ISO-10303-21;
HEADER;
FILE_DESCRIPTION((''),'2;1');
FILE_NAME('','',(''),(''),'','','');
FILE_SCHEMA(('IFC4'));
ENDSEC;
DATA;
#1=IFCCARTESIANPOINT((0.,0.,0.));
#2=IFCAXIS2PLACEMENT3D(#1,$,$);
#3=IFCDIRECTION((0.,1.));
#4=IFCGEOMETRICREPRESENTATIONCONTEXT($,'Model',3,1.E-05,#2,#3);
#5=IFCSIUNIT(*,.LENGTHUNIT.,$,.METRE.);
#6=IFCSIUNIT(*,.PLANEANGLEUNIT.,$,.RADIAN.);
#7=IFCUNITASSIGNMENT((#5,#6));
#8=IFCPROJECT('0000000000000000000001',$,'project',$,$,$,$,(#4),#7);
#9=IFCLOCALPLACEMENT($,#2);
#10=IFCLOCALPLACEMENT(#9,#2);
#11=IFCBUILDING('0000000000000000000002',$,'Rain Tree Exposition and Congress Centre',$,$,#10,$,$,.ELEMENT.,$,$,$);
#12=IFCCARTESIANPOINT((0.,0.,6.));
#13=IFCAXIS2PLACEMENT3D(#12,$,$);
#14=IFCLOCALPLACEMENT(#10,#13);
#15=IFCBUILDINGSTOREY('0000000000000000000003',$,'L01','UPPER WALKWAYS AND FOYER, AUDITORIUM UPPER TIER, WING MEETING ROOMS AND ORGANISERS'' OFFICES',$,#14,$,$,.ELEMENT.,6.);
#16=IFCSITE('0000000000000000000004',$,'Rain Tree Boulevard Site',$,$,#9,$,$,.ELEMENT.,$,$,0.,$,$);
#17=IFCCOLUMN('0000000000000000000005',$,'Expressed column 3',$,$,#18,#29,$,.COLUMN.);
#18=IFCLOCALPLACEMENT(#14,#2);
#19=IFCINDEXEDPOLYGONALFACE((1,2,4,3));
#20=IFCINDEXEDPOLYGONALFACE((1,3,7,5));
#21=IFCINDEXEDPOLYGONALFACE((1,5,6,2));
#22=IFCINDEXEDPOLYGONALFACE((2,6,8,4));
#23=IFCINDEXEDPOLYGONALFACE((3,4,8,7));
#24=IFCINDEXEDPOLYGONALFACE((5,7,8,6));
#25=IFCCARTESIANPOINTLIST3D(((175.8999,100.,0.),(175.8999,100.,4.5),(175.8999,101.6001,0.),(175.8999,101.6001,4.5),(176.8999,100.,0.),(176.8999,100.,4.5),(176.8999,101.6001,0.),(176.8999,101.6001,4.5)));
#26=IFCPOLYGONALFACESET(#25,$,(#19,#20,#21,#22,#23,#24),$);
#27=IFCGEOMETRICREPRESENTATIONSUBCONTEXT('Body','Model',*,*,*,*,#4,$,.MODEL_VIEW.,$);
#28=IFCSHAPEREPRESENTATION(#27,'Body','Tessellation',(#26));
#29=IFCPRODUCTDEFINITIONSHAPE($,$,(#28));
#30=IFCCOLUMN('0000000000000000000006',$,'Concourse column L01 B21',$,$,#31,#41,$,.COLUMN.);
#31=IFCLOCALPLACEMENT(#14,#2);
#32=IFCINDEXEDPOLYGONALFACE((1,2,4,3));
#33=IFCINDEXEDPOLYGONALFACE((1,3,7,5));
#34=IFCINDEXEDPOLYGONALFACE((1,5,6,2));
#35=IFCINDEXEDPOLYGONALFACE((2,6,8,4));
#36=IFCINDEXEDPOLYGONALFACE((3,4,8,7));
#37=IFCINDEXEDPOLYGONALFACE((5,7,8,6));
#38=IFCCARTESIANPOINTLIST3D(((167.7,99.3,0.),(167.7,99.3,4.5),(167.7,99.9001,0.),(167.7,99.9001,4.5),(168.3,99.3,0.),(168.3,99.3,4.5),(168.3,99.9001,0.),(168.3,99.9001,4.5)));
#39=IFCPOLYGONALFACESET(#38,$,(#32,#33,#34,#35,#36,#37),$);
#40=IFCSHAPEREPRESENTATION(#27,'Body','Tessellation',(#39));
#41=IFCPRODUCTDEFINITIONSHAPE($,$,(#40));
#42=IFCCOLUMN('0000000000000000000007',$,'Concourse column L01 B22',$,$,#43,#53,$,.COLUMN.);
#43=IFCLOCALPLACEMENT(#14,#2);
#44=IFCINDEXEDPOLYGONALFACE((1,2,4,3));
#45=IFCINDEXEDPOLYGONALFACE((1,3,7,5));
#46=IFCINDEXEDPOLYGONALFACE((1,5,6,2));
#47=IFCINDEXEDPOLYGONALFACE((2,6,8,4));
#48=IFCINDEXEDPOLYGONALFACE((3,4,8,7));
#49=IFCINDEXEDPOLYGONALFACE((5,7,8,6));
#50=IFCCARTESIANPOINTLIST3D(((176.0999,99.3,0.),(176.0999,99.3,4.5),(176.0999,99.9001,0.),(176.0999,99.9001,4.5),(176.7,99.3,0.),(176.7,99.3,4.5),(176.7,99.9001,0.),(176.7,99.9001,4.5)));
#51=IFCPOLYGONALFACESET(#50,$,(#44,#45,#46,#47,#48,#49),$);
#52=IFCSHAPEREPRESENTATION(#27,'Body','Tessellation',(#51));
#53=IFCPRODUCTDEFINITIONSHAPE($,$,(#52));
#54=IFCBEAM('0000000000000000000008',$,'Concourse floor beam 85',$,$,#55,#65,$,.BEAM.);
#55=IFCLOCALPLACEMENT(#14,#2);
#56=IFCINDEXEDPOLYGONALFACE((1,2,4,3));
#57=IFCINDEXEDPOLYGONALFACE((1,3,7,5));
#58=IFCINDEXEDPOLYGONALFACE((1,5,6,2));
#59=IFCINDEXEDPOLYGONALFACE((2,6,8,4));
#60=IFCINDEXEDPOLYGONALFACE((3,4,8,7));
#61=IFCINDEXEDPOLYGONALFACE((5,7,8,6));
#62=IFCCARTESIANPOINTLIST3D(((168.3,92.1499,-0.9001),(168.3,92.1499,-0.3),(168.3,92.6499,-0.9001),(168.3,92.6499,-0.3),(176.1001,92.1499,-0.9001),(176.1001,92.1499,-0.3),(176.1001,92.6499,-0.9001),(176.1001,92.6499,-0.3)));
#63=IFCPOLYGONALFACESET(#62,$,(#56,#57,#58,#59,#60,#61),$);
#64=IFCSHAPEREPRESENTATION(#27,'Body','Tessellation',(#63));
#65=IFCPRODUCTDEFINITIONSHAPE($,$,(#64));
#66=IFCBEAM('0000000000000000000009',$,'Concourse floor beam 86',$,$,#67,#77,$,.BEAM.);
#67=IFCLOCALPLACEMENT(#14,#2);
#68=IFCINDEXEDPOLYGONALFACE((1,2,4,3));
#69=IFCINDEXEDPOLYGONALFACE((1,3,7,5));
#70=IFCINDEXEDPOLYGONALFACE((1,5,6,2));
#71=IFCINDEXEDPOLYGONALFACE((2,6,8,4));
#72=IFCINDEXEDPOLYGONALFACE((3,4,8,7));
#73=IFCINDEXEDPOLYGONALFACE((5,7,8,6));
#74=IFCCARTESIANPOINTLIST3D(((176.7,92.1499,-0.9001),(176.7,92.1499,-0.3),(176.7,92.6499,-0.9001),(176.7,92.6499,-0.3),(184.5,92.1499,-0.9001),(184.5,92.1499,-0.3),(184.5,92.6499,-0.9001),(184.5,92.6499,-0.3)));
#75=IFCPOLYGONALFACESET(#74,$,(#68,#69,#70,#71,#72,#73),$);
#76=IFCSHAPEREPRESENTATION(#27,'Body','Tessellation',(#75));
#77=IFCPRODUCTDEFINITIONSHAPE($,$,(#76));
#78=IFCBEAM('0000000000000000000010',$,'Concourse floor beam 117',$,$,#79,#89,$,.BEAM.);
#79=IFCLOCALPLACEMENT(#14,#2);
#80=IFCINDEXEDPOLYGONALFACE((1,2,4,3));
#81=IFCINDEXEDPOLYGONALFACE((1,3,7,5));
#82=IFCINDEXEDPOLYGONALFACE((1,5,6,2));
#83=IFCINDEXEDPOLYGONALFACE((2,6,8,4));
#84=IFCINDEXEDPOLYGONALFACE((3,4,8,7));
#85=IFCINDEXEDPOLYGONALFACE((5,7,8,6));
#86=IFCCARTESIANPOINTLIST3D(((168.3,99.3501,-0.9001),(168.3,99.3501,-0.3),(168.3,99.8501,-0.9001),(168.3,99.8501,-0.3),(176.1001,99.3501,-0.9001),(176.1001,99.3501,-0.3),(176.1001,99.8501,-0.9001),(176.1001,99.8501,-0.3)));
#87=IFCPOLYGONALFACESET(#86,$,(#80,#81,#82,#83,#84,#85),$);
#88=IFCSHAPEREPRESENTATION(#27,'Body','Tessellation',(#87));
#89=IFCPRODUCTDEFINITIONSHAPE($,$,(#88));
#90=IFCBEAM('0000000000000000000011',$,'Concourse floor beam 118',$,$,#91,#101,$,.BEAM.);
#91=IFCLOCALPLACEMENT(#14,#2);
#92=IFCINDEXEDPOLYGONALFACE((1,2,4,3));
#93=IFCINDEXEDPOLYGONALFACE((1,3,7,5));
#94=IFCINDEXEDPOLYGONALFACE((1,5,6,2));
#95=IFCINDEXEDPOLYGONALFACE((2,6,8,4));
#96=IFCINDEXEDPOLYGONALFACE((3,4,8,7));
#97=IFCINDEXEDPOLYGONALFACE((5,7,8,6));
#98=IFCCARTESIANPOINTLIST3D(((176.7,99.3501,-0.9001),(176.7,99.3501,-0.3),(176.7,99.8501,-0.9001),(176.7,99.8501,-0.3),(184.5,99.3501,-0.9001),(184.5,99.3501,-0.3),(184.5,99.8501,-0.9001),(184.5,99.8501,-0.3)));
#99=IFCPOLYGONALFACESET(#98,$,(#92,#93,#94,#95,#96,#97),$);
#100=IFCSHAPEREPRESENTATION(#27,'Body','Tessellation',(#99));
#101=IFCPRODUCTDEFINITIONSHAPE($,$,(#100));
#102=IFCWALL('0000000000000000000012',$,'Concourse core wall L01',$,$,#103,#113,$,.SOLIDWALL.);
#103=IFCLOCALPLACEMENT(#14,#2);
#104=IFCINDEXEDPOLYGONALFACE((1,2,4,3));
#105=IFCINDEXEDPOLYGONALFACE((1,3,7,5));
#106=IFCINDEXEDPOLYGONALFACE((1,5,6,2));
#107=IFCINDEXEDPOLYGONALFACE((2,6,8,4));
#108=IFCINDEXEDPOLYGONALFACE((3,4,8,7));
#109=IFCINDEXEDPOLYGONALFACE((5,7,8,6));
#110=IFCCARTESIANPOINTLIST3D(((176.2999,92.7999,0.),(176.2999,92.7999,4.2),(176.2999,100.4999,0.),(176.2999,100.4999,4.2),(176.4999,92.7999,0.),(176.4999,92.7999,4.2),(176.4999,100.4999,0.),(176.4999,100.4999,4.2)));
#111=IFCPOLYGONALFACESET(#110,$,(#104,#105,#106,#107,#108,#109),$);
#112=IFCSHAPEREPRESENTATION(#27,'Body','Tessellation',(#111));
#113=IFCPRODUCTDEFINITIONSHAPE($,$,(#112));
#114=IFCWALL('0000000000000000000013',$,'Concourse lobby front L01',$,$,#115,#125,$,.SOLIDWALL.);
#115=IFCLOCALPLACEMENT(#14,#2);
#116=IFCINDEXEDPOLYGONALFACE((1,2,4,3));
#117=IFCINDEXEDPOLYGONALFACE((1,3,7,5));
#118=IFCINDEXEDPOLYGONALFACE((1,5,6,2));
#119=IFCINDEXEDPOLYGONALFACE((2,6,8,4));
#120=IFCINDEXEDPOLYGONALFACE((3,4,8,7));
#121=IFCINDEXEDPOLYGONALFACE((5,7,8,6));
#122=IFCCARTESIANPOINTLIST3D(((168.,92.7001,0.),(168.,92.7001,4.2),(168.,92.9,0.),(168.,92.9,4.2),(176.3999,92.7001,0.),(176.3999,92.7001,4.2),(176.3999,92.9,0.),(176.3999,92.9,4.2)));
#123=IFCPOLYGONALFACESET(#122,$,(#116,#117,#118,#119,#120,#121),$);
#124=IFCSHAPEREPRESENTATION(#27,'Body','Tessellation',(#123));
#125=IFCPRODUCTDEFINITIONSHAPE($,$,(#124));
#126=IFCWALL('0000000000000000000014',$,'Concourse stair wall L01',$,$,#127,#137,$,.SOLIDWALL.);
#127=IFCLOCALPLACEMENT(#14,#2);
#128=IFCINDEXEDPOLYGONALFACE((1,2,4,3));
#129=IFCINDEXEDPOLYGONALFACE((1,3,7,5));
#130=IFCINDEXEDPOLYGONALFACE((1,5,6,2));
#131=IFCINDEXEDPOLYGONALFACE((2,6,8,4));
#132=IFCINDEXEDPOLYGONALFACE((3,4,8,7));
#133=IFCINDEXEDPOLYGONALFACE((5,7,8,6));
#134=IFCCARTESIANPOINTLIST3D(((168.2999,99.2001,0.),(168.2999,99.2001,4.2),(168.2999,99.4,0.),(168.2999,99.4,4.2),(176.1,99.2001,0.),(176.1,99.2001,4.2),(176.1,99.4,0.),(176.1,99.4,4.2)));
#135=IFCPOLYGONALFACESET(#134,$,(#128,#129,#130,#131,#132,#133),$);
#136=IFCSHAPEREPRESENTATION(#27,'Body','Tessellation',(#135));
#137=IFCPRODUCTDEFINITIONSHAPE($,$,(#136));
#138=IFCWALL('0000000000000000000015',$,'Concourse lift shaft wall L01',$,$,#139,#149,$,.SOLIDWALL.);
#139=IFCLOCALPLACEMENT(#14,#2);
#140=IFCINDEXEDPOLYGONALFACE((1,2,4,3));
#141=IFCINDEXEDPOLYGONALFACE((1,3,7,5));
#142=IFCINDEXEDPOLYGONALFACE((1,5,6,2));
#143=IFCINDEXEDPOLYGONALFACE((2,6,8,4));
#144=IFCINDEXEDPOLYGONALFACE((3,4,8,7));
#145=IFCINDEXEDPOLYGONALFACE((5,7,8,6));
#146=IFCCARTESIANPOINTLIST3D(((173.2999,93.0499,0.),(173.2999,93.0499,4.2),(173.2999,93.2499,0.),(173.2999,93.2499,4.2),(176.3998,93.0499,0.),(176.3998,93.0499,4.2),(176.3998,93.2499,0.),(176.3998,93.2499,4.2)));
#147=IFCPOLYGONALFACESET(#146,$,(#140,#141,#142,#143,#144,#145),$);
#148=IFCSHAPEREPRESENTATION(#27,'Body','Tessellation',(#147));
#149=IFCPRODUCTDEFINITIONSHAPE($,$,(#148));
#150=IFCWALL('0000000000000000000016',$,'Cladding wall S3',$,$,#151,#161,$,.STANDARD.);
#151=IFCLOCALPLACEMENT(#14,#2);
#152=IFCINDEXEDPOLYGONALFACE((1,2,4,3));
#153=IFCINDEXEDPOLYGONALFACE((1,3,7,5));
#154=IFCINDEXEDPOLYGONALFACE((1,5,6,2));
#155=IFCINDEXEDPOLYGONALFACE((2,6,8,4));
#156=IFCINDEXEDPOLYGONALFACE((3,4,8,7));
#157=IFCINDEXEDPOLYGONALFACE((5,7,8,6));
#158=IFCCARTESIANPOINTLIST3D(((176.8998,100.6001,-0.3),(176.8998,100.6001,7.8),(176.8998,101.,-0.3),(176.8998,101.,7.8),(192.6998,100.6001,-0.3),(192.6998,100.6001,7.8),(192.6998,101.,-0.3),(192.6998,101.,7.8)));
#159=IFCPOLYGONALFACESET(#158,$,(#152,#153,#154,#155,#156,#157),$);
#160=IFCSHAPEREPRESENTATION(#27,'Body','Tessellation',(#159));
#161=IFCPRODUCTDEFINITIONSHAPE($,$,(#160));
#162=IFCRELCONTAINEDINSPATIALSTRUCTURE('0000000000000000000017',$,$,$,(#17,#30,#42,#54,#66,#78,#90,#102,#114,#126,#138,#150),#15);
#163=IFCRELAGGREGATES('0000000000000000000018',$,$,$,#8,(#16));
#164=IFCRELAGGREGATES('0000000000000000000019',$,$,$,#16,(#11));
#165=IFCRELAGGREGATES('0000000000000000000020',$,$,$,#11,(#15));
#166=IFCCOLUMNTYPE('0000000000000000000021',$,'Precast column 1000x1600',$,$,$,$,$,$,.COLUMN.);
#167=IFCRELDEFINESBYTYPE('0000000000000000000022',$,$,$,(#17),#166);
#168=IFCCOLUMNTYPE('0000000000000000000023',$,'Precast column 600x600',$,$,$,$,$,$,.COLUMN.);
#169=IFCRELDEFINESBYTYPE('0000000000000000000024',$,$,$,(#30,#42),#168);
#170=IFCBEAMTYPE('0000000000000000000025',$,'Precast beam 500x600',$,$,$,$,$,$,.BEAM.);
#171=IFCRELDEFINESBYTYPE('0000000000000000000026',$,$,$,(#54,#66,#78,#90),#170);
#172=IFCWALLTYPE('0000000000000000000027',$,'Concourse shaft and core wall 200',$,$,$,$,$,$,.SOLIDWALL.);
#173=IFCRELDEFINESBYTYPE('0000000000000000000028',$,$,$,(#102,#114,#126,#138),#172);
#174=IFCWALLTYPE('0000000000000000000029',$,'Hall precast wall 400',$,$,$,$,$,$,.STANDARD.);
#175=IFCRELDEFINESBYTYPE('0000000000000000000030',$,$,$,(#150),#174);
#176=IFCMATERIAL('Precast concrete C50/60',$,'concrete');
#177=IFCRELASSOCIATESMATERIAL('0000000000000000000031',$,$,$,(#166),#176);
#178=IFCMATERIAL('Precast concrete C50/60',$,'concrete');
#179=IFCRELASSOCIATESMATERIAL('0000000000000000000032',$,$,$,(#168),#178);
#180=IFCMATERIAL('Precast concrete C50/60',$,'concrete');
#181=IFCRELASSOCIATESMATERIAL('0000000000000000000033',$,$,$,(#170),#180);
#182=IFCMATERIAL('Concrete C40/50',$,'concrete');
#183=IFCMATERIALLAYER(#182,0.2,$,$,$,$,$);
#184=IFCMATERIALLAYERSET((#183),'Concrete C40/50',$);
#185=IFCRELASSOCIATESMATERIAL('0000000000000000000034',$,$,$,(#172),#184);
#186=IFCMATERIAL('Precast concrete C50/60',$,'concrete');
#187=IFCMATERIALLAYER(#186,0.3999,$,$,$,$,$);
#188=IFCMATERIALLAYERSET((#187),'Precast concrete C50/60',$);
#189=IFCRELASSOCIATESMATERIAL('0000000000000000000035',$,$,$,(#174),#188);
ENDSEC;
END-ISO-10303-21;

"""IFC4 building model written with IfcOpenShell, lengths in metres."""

from ifc_helpers import new_model, si_unit, direction, frame, frame_2d, origin, origin_2d, place, context, subcontext, project, spatial, rectangle, extrude, material, layer, layer_set, material_profile, profile_set, type_object, element, save


model = new_model("IFC4")

# Units and contexts
model_context = context("Model", 3, precision=1e-05, world=origin(), true_north=direction((0.0, 1.0)))
body_context = subcontext(model_context, "Body", "Model", "MODEL_VIEW")
ifc_project = project(units=[si_unit("LENGTHUNIT", "METRE"), si_unit("PLANEANGLEUNIT", "RADIAN")], contexts=[model_context])

# Site, building, storey
site_placement = place(None, origin())
site = spatial("IfcSite", under=ifc_project, at=site_placement, Name="Rain Tree Boulevard Site", CompositionType="ELEMENT", RefElevation=0.0)
building_placement = place(site_placement, origin())
building = spatial("IfcBuilding", under=site, at=building_placement, Name="Rain Tree Exposition and Congress Centre", CompositionType="ELEMENT")
storey_placement = place(building_placement, frame((0.0, 0.0, 6.0)))
storey = spatial("IfcBuildingStorey", under=building, at=storey_placement, Name="L01", Description="UPPER WALKWAYS AND FOYER, AUDITORIUM UPPER TIER, WING MEETING ROOMS AND ORGANISERS' OFFICES", CompositionType="ELEMENT", Elevation=6.0)

# Columns
ifc_material_1 = material(Name="Precast concrete C50/60", Category="concrete")
ifc_material_profile_1 = material_profile(ifc_material_1, rectangle(XDim=1.0, YDim=1.6001, at=origin_2d()), Name="RC 1000x1600")
ifc_profile_set_1 = profile_set([ifc_material_profile_1], Name="Precast concrete C50/60")
column_type_1 = type_object("IfcColumnType", Name="Precast column 1000x1600", PredefinedType="COLUMN", material=ifc_profile_set_1)
column_placement = place(storey_placement, frame((176.3999, 100.8, 0.0), z_axis=(0.0, 0.0, 1.0), x_axis=(1.0, 0.0, 0.0)))
element("IfcColumn", 1, at=column_placement, inside=storey, type_object=column_type_1, Name="Expressed column 3", PredefinedType="COLUMN", context=body_context, shape_type="SweptSolid", body=[
    extrude(rectangle(XDim=1.0, YDim=1.6001, at=origin_2d()), origin(), (0.0, 0.0, 1.0), 4.5),
])
ifc_material_2 = material(Name="Precast concrete C50/60", Category="concrete")
ifc_material_profile_2 = material_profile(ifc_material_2, rectangle(XDim=0.6001, YDim=0.6001, at=origin_2d()), Name="RC 600x600")
ifc_profile_set_2 = profile_set([ifc_material_profile_2], Name="Precast concrete C50/60")
column_type_2 = type_object("IfcColumnType", Name="Precast column 600x600", PredefinedType="COLUMN", material=ifc_profile_set_2)
for number, where, z_axis, x_axis, name in (
    (2, (168.0, 99.6001, 0.0), (0.0, 0.0, 1.0), (1.0, 0.0, 0.0), "Concourse column L01 B21"),
    (3, (176.3999, 99.6001, 0.0), (0.0, 0.0, 1.0), (1.0, 0.0, 0.0), "Concourse column L01 B22"),
):
    element("IfcColumn", number, at=place(storey_placement, frame(where, z_axis=z_axis, x_axis=x_axis)), inside=storey, type_object=column_type_2, Name=name, PredefinedType="COLUMN", context=body_context, shape_type="SweptSolid", body=[
        extrude(rectangle(XDim=0.6001, YDim=0.6001, at=origin_2d()), origin(), (0.0, 0.0, 1.0), 4.5),
    ])

# Beams
ifc_material_3 = material(Name="Precast concrete C50/60", Category="concrete")
ifc_material_profile_3 = material_profile(ifc_material_3, rectangle(XDim=0.5, YDim=0.6001, at=origin_2d()), Name="RC 500x600")
ifc_profile_set_3 = profile_set([ifc_material_profile_3], Name="Precast concrete C50/60")
beam_type = type_object("IfcBeamType", Name="Precast beam 500x600", PredefinedType="BEAM", material=ifc_profile_set_3)
for number, where, z_axis, x_axis, name in (
    (4, (168.3, 92.3999, -0.6001), (1.0, 0.0, 0.0), (0.0, 1.0, 0.0), "Concourse floor beam 85"),
    (5, (176.7, 92.3999, -0.6001), (1.0, 0.0, 0.0), (0.0, 1.0, 0.0), "Concourse floor beam 86"),
    (6, (168.3, 99.6001, -0.6001), (1.0, 0.0, 0.0), (0.0, 1.0, 0.0), "Concourse floor beam 117"),
    (7, (176.7, 99.6001, -0.6001), (1.0, 0.0, 0.0), (0.0, 1.0, 0.0), "Concourse floor beam 118"),
):
    element("IfcBeam", number, at=place(storey_placement, frame(where, z_axis=z_axis, x_axis=x_axis)), inside=storey, type_object=beam_type, Name=name, PredefinedType="BEAM", context=body_context, shape_type="SweptSolid", body=[
        extrude(rectangle(XDim=0.5, YDim=0.6001, at=origin_2d()), origin(), (0.0, 0.0, 1.0), 7.8),
    ])

# Shared definitions
ifc_material_4 = material(Name="Concrete C40/50", Category="concrete")
ifc_layer_1 = layer(ifc_material_4, 0.2)
ifc_layer_set_1 = layer_set([ifc_layer_1], Name="Concrete C40/50")
wall_type_1 = type_object("IfcWallType", Name="Concourse shaft and core wall 200", PredefinedType="SOLIDWALL", material=ifc_layer_set_1)

# Walls
wall_1_placement = place(storey_placement, frame((176.3999, 100.5, 0.0), z_axis=(0.0, 0.0, 1.0), x_axis=(0.0, -1.0, 0.0)))
element("IfcWall", 8, at=wall_1_placement, inside=storey, type_object=wall_type_1, Name="Concourse core wall L01", PredefinedType="SOLIDWALL", context=body_context, shape_type="SweptSolid", body=[
    extrude(rectangle(XDim=7.7, YDim=0.2, at=frame_2d((3.8501, 0.0))), origin(), (0.0, 0.0, 1.0), 4.2),
])
wall_2_placement = place(storey_placement, frame((168.0, 92.8, 0.0), z_axis=(0.0, 0.0, 1.0), x_axis=(1.0, 0.0, 0.0)))
element("IfcWall", 9, at=wall_2_placement, inside=storey, type_object=wall_type_1, Name="Concourse lobby front L01", PredefinedType="SOLIDWALL", context=body_context, shape_type="SweptSolid", body=[
    extrude(rectangle(XDim=8.3999, YDim=0.2, at=frame_2d((4.2, 0.0))), origin(), (0.0, 0.0, 1.0), 4.2),
])
wall_3_placement = place(storey_placement, frame((168.3, 99.3, 0.0), z_axis=(0.0, 0.0, 1.0), x_axis=(1.0, 0.0, 0.0)))
element("IfcWall", 10, at=wall_3_placement, inside=storey, type_object=wall_type_1, Name="Concourse stair wall L01", PredefinedType="SOLIDWALL", context=body_context, shape_type="SweptSolid", body=[
    extrude(rectangle(XDim=7.8, YDim=0.2, at=frame_2d((3.8999, 0.0))), origin(), (0.0, 0.0, 1.0), 4.2),
])

# Walls
wall_4_placement = place(storey_placement, frame((173.3, 93.1499, 0.0), z_axis=(0.0, 0.0, 1.0), x_axis=(1.0, 0.0, 0.0)))
element("IfcWall", 11, at=wall_4_placement, inside=storey, type_object=wall_type_1, Name="Concourse lift shaft wall L01", PredefinedType="SOLIDWALL", context=body_context, shape_type="SweptSolid", body=[
    extrude(rectangle(XDim=3.0999, YDim=0.2, at=frame_2d((1.5498, 0.0))), origin(), (0.0, 0.0, 1.0), 4.2),
])
ifc_material_5 = material(Name="Precast concrete C50/60", Category="concrete")
ifc_layer_2 = layer(ifc_material_5, 0.3999)
ifc_layer_set_2 = layer_set([ifc_layer_2], Name="Precast concrete C50/60")
wall_type_2 = type_object("IfcWallType", Name="Hall precast wall 400", PredefinedType="STANDARD", material=ifc_layer_set_2)
wall_5_placement = place(storey_placement, frame((176.8999, 100.8, -0.3), z_axis=(0.0, 0.0, 1.0), x_axis=(1.0, 0.0, 0.0)))
element("IfcWall", 12, at=wall_5_placement, inside=storey, type_object=wall_type_2, Name="Cladding wall S3", PredefinedType="STANDARD", context=body_context, shape_type="SweptSolid", body=[
    extrude(rectangle(XDim=15.8, YDim=0.3999, at=frame_2d((7.8999, 0.0))), origin(), (0.0, 0.0, 1.0), 8.1001),
])

save(model, "model.ifc")
